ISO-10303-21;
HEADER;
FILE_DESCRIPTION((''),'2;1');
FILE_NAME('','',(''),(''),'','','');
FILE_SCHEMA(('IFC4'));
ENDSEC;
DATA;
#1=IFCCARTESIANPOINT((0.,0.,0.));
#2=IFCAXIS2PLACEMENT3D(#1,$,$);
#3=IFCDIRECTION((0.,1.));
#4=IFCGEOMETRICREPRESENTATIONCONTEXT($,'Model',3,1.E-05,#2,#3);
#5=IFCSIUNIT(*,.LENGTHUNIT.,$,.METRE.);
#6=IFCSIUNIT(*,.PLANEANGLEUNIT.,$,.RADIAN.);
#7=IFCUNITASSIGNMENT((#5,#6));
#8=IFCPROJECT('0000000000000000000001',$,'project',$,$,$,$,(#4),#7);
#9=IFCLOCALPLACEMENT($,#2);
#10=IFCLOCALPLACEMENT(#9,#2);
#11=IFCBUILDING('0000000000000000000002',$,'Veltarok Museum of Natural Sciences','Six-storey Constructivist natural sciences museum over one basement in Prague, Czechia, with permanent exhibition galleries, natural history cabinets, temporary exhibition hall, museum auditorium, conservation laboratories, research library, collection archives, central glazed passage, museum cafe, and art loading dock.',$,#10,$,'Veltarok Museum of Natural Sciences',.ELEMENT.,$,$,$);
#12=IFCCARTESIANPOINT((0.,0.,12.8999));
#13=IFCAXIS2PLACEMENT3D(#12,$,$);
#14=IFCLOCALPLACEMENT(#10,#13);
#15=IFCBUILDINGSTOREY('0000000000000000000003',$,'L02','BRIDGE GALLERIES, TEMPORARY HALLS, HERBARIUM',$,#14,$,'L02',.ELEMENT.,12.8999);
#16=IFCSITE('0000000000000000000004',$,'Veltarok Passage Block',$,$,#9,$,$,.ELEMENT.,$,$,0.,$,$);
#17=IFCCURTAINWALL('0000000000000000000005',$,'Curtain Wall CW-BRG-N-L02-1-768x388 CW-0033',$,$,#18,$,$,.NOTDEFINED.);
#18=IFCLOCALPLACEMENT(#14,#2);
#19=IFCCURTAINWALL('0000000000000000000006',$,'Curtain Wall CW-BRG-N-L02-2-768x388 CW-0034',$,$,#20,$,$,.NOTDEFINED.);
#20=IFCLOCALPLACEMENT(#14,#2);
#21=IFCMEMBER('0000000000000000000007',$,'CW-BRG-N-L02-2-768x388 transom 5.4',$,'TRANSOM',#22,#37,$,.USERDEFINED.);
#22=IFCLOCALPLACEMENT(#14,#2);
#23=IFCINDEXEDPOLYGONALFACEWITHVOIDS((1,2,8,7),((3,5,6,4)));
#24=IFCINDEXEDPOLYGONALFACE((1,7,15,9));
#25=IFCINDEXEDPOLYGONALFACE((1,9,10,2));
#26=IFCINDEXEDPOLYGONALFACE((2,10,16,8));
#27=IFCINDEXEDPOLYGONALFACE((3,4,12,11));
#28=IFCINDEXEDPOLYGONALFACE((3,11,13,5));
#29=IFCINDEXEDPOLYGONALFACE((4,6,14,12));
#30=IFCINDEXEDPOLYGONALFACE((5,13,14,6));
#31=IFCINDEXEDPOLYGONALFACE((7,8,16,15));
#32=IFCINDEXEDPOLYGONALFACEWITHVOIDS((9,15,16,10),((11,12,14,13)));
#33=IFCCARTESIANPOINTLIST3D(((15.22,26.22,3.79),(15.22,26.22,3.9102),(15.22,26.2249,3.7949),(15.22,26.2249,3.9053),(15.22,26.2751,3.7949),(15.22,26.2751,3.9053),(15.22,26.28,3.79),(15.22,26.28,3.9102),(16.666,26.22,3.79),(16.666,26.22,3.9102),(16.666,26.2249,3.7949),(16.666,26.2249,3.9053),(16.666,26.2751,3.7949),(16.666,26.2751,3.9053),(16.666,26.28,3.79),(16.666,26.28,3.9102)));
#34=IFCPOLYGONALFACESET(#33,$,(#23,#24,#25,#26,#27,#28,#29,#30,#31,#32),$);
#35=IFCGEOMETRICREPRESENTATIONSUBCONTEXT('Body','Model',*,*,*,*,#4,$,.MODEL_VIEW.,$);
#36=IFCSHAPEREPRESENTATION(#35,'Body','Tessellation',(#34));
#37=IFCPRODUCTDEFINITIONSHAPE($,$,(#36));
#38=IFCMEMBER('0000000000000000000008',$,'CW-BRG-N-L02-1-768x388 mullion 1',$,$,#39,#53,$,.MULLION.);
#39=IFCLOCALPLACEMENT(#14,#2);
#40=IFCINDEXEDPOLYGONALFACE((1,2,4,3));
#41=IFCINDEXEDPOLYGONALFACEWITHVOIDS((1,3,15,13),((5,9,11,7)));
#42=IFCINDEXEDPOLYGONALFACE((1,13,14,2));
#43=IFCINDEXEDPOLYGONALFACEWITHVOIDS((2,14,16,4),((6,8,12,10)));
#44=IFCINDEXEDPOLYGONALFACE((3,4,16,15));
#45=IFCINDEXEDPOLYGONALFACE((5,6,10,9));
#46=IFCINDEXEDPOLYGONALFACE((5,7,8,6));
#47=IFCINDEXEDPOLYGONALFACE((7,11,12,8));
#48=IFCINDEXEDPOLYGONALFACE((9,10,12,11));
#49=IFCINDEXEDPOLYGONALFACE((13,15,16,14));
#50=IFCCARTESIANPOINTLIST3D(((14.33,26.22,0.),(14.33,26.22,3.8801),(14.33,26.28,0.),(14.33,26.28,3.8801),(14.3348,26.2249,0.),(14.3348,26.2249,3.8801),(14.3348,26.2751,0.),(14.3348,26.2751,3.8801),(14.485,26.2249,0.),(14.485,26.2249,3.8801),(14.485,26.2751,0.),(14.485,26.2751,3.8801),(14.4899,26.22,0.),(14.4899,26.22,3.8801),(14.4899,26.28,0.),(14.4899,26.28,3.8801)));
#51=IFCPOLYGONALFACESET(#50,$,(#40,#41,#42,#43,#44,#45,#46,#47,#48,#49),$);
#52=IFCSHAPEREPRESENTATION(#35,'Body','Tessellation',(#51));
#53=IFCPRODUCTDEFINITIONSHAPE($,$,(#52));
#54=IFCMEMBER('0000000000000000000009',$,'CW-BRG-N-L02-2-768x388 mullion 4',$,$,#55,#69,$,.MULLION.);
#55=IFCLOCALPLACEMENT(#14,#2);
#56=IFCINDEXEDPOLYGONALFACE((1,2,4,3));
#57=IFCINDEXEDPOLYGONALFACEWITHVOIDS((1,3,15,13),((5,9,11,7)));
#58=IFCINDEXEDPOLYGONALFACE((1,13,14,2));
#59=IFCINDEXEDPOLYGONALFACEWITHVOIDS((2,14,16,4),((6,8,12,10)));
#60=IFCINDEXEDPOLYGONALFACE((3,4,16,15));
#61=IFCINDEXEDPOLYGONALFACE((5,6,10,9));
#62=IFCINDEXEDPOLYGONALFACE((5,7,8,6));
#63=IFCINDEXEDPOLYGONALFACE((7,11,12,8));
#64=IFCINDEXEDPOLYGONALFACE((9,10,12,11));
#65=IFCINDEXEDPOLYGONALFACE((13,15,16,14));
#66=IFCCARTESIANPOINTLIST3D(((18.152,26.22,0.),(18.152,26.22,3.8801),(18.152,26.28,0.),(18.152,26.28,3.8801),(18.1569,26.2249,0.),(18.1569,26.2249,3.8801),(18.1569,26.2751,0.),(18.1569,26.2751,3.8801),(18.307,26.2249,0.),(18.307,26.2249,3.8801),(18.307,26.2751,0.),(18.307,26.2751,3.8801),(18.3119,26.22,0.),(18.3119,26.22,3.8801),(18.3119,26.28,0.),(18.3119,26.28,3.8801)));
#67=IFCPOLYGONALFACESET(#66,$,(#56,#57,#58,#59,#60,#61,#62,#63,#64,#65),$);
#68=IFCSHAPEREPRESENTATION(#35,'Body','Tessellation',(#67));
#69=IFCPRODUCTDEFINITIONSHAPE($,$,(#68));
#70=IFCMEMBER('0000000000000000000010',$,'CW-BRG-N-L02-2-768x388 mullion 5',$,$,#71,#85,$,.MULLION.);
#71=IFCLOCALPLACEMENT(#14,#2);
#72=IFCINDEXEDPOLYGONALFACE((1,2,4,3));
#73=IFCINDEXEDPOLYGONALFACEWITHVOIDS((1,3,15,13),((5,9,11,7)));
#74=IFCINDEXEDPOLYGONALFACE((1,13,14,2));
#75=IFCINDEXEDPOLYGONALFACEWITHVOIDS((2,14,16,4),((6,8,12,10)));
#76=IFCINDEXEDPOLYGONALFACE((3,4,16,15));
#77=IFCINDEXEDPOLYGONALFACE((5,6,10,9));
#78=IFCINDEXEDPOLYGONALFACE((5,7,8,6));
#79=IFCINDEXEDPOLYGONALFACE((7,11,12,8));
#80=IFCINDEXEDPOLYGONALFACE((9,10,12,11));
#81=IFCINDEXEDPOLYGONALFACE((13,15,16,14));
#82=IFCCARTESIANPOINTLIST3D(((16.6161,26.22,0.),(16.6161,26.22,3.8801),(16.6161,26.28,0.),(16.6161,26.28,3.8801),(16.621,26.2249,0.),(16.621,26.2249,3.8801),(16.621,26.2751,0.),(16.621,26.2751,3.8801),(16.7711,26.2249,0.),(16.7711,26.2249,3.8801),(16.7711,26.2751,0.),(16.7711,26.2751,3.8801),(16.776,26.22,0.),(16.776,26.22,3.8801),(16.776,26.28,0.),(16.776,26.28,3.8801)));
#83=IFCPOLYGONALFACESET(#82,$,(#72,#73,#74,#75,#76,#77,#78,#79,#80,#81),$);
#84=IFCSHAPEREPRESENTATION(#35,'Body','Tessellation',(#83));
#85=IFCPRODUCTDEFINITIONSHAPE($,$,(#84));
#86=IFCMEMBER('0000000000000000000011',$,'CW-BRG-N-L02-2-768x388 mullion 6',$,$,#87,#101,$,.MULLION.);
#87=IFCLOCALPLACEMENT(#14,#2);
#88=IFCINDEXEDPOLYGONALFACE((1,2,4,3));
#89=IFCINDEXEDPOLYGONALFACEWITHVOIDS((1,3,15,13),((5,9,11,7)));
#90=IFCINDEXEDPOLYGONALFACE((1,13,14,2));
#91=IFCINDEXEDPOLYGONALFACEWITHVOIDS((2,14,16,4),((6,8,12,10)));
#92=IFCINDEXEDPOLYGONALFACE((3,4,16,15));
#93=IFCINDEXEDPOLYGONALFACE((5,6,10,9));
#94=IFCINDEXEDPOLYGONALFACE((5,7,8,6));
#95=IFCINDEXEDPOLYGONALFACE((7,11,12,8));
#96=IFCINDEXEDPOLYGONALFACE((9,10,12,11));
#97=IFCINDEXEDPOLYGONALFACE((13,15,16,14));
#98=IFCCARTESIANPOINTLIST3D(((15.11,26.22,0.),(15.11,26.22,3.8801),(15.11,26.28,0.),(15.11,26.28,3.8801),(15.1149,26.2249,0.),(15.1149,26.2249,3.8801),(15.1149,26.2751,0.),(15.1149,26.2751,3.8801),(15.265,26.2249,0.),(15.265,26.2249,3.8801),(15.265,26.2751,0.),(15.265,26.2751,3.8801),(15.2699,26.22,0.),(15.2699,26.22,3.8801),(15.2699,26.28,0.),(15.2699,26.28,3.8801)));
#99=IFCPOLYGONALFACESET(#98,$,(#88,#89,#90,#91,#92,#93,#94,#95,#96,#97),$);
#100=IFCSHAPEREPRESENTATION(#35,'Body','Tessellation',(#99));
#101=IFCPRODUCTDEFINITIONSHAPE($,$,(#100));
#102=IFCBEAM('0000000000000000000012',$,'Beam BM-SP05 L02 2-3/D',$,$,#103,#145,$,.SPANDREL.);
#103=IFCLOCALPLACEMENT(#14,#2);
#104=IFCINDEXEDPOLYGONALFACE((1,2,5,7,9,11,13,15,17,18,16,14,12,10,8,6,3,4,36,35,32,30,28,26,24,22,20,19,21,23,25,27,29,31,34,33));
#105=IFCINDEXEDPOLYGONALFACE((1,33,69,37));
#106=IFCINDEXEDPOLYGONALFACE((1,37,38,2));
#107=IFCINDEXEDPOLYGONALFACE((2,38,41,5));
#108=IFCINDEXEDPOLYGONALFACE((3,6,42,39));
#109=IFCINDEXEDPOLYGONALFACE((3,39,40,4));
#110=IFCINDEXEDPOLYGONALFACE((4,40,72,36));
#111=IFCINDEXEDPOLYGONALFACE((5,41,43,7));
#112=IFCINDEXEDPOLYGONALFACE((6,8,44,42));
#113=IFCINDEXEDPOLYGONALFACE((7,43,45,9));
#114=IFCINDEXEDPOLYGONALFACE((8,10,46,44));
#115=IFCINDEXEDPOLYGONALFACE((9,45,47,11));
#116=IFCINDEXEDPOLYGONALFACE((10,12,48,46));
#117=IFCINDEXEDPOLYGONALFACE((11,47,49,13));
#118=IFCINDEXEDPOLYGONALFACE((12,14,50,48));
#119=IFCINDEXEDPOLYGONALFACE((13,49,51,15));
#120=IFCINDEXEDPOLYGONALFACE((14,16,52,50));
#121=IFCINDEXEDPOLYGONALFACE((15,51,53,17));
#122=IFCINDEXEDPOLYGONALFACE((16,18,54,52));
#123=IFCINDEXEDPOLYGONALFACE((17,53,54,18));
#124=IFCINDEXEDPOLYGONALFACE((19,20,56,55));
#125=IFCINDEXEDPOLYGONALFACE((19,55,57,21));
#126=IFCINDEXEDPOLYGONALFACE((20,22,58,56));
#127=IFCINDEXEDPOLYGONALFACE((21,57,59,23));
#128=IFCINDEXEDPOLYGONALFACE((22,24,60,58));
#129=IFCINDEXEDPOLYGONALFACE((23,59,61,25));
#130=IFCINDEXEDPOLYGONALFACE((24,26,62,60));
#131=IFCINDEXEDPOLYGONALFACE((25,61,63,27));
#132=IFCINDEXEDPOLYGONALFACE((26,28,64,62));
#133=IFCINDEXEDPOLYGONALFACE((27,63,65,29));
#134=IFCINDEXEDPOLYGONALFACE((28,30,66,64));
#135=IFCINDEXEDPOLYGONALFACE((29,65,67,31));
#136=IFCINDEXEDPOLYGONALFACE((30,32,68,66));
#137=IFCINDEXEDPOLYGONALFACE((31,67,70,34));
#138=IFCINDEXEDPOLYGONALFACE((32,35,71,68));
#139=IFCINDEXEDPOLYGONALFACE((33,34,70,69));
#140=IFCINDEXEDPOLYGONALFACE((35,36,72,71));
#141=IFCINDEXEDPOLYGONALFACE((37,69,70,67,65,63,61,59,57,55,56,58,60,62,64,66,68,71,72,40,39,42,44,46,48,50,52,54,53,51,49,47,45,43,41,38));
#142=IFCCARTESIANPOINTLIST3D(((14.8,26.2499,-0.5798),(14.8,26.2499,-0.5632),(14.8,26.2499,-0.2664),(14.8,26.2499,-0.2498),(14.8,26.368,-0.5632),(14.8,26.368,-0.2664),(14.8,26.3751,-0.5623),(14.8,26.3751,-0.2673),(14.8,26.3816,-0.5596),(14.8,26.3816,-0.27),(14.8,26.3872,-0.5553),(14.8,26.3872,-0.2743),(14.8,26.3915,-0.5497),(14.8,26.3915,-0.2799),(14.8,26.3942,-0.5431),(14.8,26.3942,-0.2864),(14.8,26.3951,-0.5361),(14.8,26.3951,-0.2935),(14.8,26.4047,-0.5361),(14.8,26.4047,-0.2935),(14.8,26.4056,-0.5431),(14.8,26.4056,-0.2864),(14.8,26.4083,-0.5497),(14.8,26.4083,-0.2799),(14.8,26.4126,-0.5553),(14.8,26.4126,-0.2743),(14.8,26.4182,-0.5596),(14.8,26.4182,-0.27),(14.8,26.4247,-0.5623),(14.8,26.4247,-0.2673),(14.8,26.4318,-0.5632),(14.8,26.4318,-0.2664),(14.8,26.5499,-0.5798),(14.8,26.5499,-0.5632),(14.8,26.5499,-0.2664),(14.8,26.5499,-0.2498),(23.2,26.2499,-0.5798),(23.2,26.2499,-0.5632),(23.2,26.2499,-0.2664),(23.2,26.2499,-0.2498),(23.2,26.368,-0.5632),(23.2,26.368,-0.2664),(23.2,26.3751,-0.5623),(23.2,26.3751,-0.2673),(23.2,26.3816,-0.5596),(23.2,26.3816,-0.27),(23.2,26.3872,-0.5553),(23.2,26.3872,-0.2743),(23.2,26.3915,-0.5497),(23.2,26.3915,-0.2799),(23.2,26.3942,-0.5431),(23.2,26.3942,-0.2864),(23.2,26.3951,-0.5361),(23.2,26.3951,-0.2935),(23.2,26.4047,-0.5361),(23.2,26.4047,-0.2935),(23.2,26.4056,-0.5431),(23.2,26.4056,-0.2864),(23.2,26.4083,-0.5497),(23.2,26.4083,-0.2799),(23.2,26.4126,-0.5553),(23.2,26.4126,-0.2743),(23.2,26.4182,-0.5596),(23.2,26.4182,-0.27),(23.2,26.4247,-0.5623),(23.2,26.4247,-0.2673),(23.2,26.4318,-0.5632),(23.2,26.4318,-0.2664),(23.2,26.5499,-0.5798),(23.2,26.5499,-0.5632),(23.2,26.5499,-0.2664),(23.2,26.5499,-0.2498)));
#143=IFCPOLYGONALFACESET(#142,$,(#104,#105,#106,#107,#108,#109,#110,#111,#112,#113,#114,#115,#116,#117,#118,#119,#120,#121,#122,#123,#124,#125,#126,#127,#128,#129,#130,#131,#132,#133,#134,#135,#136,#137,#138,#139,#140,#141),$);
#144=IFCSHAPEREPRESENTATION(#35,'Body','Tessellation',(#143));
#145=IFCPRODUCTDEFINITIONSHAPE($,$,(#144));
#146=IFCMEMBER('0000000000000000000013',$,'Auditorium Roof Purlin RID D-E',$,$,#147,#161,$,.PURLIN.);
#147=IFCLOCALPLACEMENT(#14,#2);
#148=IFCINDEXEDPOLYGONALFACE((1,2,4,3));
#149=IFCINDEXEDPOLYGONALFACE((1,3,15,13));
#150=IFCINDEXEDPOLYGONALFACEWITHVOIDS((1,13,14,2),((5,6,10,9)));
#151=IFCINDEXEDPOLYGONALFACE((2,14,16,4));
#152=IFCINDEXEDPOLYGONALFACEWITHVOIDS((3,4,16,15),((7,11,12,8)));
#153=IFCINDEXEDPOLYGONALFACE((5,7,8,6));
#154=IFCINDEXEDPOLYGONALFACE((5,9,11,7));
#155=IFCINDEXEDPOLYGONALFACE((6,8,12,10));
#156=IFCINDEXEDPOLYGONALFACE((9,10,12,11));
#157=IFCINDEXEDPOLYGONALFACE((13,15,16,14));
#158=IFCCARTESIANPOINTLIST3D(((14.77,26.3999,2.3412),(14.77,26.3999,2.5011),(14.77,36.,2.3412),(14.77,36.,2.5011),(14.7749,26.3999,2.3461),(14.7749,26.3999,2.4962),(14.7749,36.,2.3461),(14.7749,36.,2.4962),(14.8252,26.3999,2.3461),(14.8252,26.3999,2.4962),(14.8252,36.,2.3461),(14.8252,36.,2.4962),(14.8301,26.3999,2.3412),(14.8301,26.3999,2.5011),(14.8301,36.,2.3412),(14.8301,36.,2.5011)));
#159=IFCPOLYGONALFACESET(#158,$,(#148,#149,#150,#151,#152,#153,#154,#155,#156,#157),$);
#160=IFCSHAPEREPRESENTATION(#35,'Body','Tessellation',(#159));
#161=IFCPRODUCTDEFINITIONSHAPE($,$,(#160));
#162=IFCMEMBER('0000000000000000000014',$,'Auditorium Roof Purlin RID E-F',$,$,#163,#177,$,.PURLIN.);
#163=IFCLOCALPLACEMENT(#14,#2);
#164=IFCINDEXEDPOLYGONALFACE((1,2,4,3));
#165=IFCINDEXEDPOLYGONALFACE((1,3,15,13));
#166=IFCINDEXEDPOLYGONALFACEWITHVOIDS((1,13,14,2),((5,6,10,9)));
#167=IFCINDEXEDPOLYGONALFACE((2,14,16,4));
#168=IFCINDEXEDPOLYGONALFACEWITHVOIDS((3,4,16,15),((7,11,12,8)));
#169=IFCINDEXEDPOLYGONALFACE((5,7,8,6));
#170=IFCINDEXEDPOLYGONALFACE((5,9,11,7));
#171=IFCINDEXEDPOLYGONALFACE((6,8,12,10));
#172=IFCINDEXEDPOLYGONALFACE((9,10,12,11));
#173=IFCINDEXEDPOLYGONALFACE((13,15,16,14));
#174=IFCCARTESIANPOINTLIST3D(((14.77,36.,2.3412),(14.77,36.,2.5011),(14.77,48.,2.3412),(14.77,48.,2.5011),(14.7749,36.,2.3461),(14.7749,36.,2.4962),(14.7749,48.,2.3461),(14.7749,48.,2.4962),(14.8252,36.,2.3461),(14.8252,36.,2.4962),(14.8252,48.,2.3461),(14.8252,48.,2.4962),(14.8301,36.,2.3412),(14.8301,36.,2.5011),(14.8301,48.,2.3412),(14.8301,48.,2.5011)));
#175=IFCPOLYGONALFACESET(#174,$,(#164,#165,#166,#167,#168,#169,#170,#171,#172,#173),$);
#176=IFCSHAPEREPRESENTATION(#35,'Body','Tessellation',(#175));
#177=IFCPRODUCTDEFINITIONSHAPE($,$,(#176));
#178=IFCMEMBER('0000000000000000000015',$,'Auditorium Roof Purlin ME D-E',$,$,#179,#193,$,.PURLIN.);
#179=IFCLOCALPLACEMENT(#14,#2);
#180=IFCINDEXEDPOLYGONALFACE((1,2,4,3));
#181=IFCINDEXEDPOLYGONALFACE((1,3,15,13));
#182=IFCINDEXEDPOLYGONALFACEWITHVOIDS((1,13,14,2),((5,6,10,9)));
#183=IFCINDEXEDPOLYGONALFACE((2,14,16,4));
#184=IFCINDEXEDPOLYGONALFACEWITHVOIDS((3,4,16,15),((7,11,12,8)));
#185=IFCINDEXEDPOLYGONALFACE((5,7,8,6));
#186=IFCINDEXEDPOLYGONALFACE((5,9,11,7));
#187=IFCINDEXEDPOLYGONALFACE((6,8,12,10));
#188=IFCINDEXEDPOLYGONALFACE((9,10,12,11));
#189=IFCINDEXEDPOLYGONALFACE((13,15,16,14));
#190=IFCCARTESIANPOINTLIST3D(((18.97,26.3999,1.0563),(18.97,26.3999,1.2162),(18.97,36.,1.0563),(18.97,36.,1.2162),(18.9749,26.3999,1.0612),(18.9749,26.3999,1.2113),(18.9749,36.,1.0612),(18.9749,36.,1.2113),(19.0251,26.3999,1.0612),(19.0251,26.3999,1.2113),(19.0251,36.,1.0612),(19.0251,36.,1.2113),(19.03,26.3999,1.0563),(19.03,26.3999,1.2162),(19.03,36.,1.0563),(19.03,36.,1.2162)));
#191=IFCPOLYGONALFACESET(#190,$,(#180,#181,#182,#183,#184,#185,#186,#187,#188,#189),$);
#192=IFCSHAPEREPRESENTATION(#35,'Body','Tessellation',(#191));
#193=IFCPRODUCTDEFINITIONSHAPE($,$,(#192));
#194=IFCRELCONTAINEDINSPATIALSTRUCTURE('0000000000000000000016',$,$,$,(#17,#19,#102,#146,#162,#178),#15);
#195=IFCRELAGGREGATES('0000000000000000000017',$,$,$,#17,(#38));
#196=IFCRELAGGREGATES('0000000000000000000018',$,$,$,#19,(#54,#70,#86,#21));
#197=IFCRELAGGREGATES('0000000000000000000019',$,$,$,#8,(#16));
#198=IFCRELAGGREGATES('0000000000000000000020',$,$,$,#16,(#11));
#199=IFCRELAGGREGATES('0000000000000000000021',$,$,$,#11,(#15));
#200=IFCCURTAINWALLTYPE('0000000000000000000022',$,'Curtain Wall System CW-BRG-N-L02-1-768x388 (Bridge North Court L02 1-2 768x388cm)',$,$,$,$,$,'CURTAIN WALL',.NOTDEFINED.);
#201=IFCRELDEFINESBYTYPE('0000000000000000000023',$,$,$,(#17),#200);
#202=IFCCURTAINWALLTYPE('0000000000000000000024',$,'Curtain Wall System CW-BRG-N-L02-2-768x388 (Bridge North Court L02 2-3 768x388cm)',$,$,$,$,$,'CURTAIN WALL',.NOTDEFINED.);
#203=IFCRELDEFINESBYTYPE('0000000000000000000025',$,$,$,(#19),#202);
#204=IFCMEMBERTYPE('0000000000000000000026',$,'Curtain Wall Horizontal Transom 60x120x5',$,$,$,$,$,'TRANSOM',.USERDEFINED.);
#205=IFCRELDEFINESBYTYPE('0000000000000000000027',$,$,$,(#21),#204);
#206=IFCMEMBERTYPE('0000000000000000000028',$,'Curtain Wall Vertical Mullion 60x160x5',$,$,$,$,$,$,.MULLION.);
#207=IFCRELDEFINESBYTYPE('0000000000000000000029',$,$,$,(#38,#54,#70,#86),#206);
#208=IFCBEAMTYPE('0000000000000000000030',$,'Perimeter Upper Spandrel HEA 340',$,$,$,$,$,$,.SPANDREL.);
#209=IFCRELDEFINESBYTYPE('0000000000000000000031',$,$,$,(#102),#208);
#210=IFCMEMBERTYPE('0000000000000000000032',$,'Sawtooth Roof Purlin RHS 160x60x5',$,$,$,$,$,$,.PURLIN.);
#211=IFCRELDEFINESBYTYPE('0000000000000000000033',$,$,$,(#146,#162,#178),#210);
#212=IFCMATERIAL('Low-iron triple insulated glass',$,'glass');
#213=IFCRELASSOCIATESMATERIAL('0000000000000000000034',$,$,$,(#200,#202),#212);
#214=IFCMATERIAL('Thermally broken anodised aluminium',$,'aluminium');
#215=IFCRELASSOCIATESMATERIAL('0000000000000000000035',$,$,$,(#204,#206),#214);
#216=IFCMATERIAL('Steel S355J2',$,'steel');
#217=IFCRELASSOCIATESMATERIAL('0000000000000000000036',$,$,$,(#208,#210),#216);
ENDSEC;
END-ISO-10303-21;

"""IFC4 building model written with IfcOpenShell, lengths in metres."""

from ifc_helpers import new_model, si_unit, direction, frame, origin, origin_2d, place, context, subcontext, project, spatial, hollow_rectangle, i_section, extrude, material, material_profile, profile_set, type_object, element, aggregate, save


model = new_model("IFC4")

# Units and contexts
model_context = context("Model", 3, precision=1e-05, world=origin(), true_north=direction((0.0, 1.0)))
body_context = subcontext(model_context, "Body", "Model", "MODEL_VIEW")
ifc_project = project(units=[si_unit("LENGTHUNIT", "METRE"), si_unit("PLANEANGLEUNIT", "RADIAN")], contexts=[model_context])

# Site, building, storey
site_placement = place(None, origin())
site = spatial("IfcSite", under=ifc_project, at=site_placement, Name="Veltarok Passage Block", CompositionType="ELEMENT", RefElevation=0.0)
building_placement = place(site_placement, origin())
building = spatial("IfcBuilding", under=site, at=building_placement, Name="Veltarok Museum of Natural Sciences", Description="Six-storey Constructivist natural sciences museum over one basement in Prague, Czechia, with permanent exhibition galleries, natural history cabinets, temporary exhibition hall, museum auditorium, conservation laboratories, research library, collection archives, central glazed passage, museum cafe, and art loading dock.", LongName="Veltarok Museum of Natural Sciences", CompositionType="ELEMENT")
storey_placement = place(building_placement, frame((0.0, 0.0, 12.8999)))
storey = spatial("IfcBuildingStorey", under=building, at=storey_placement, Name="L02", Description="BRIDGE GALLERIES, TEMPORARY HALLS, HERBARIUM", LongName="L02", CompositionType="ELEMENT", Elevation=12.8999)

# Shared definitions
ifc_material_1 = material(Name="Steel S355J2", Category="steel")

# Curtain wall
ifc_material_2 = material(Name="Low-iron triple insulated glass", Category="glass")
curtain_wall_type_1 = type_object("IfcCurtainWallType", Name="Curtain Wall System CW-BRG-N-L02-1-768x388 (Bridge North Court L02 1-2 768x388cm)", ElementType="CURTAIN WALL", PredefinedType="NOTDEFINED", material=ifc_material_2)
curtain_wall_1_placement = place(storey_placement, origin())
curtain_wall_1 = element("IfcCurtainWall", 1, at=curtain_wall_1_placement, inside=storey, type_object=curtain_wall_type_1, Name="Curtain Wall CW-BRG-N-L02-1-768x388 CW-0033", PredefinedType="NOTDEFINED")
ifc_material_3 = material(Name="Thermally broken anodised aluminium", Category="aluminium")
ifc_material_profile_1 = material_profile(ifc_material_3, hollow_rectangle(XDim=0.0601, YDim=0.1201, WallThickness=0.0049, at=origin_2d()), Name="CW TRANSOM 60x120x5")
ifc_profile_set_1 = profile_set([ifc_material_profile_1], Name="Thermally broken anodised aluminium")
member_type_1 = type_object("IfcMemberType", Name="Curtain Wall Horizontal Transom 60x120x5", ElementType="TRANSOM", PredefinedType="USERDEFINED", material=ifc_profile_set_1)

# Curtain wall, member
curtain_wall_type_2 = type_object("IfcCurtainWallType", Name="Curtain Wall System CW-BRG-N-L02-2-768x388 (Bridge North Court L02 2-3 768x388cm)", ElementType="CURTAIN WALL", PredefinedType="NOTDEFINED", material=ifc_material_2)
curtain_wall_2_placement = place(storey_placement, origin())
curtain_wall_2 = element("IfcCurtainWall", 2, at=curtain_wall_2_placement, inside=storey, type_object=curtain_wall_type_2, Name="Curtain Wall CW-BRG-N-L02-2-768x388 CW-0034", PredefinedType="NOTDEFINED")
member_1_placement = place(storey_placement, frame((16.666, 26.25, 3.8501), z_axis=(-1.0, 0.0, 0.0), x_axis=(0.0, -1.0, 0.0)))
member_1 = element("IfcMember", 3, at=member_1_placement, type_object=member_type_1, Name="CW-BRG-N-L02-2-768x388 transom 5.4", ObjectType="TRANSOM", PredefinedType="USERDEFINED", context=body_context, shape_type="SweptSolid", body=[
    extrude(hollow_rectangle(XDim=0.0601, YDim=0.1201, WallThickness=0.0049, at=origin_2d()), origin(), (0.0, 0.0, 1.0), 1.446),
])

# Members
ifc_material_profile_2 = material_profile(ifc_material_3, hollow_rectangle(XDim=0.0601, YDim=0.1599, WallThickness=0.0049, at=origin_2d()), Name="CW MULLION 60x160x5")
ifc_profile_set_2 = profile_set([ifc_material_profile_2], Name="Thermally broken anodised aluminium")
member_type_2 = type_object("IfcMemberType", Name="Curtain Wall Vertical Mullion 60x160x5", PredefinedType="MULLION", material=ifc_profile_set_2)
member_2_placement = place(storey_placement, frame((14.4099, 26.25, 0.0), z_axis=(0.0, 0.0, 1.0), x_axis=(0.0, -1.0, 0.0)))
member_2 = element("IfcMember", 4, at=member_2_placement, type_object=member_type_2, Name="CW-BRG-N-L02-1-768x388 mullion 1", PredefinedType="MULLION", context=body_context, shape_type="SweptSolid", body=[
    extrude(hollow_rectangle(XDim=0.0601, YDim=0.1599, WallThickness=0.0049, at=origin_2d()), origin(), (0.0, 0.0, 1.0), 3.8801),
])
aggregate(curtain_wall_1, [member_2])
member_3_placement = place(storey_placement, frame((18.2319, 26.25, 0.0), z_axis=(0.0, 0.0, 1.0), x_axis=(0.0, -1.0, 0.0)))
member_3 = element("IfcMember", 5, at=member_3_placement, type_object=member_type_2, Name="CW-BRG-N-L02-2-768x388 mullion 4", PredefinedType="MULLION", context=body_context, shape_type="SweptSolid", body=[
    extrude(hollow_rectangle(XDim=0.0601, YDim=0.1599, WallThickness=0.0049, at=origin_2d()), origin(), (0.0, 0.0, 1.0), 3.8801),
])
member_4_placement = place(storey_placement, frame((16.696, 26.25, 0.0), z_axis=(0.0, 0.0, 1.0), x_axis=(0.0, -1.0, 0.0)))
member_4 = element("IfcMember", 6, at=member_4_placement, type_object=member_type_2, Name="CW-BRG-N-L02-2-768x388 mullion 5", PredefinedType="MULLION", context=body_context, shape_type="SweptSolid", body=[
    extrude(hollow_rectangle(XDim=0.0601, YDim=0.1599, WallThickness=0.0049, at=origin_2d()), origin(), (0.0, 0.0, 1.0), 3.8801),
])
member_5_placement = place(storey_placement, frame((15.1899, 26.25, 0.0), z_axis=(0.0, 0.0, 1.0), x_axis=(0.0, -1.0, 0.0)))
member_5 = element("IfcMember", 7, at=member_5_placement, type_object=member_type_2, Name="CW-BRG-N-L02-2-768x388 mullion 6", PredefinedType="MULLION", context=body_context, shape_type="SweptSolid", body=[
    extrude(hollow_rectangle(XDim=0.0601, YDim=0.1599, WallThickness=0.0049, at=origin_2d()), origin(), (0.0, 0.0, 1.0), 3.8801),
])

# Beam
ifc_material_profile_3 = material_profile(ifc_material_1, i_section(OverallWidth=0.3, OverallDepth=0.3301, WebThickness=0.0095, FlangeThickness=0.0166, FilletRadius=0.0271, at=origin_2d()), Name="HEA 340")
ifc_profile_set_3 = profile_set([ifc_material_profile_3], Name="Steel S355J2")
beam_type_1 = type_object("IfcBeamType", Name="Perimeter Upper Spandrel HEA 340", PredefinedType="SPANDREL", material=ifc_profile_set_3)
beam_placement = place(storey_placement, frame((14.8, 26.3999, -0.4148), z_axis=(1.0, 0.0, 0.0), x_axis=(0.0, 1.0, 0.0)))
element("IfcBeam", 8, at=beam_placement, inside=storey, type_object=beam_type_1, Name="Beam BM-SP05 L02 2-3/D", PredefinedType="SPANDREL", context=body_context, shape_type="SweptSolid", body=[
    extrude(i_section(OverallWidth=0.3, OverallDepth=0.3301, WebThickness=0.0095, FlangeThickness=0.0166, FilletRadius=0.0271, at=origin_2d()), origin(), (0.0, 0.0, 1.0), 8.3999),
])

# Members
ifc_material_profile_4 = material_profile(ifc_material_1, hollow_rectangle(XDim=0.0601, YDim=0.1599, WallThickness=0.0049, at=origin_2d()), Name="RHS 160x60x5")
ifc_profile_set_4 = profile_set([ifc_material_profile_4], Name="Steel S355J2")
member_type_3 = type_object("IfcMemberType", Name="Sawtooth Roof Purlin RHS 160x60x5", PredefinedType="PURLIN", material=ifc_profile_set_4)
member_6_placement = place(storey_placement, frame((14.8, 26.3999, 2.4211), z_axis=(0.0, 1.0, 0.0), x_axis=(-1.0, 0.0, 0.0)))
element("IfcMember", 9, at=member_6_placement, inside=storey, type_object=member_type_3, Name="Auditorium Roof Purlin RID D-E", PredefinedType="PURLIN", context=body_context, shape_type="SweptSolid", body=[
    extrude(hollow_rectangle(XDim=0.0601, YDim=0.1599, WallThickness=0.0049, at=origin_2d()), origin(), (0.0, 0.0, 1.0), 9.6001),
])
member_7_placement = place(storey_placement, frame((14.8, 36.0, 2.4211), z_axis=(0.0, 1.0, 0.0), x_axis=(-1.0, 0.0, 0.0)))
element("IfcMember", 10, at=member_7_placement, inside=storey, type_object=member_type_3, Name="Auditorium Roof Purlin RID E-F", PredefinedType="PURLIN", context=body_context, shape_type="SweptSolid", body=[
    extrude(hollow_rectangle(XDim=0.0601, YDim=0.1599, WallThickness=0.0049, at=origin_2d()), origin(), (0.0, 0.0, 1.0), 12.0),
])
member_8_placement = place(storey_placement, frame((19.0, 26.3999, 1.1362), z_axis=(0.0, 1.0, 0.0), x_axis=(-1.0, 0.0, 0.0)))
element("IfcMember", 11, at=member_8_placement, inside=storey, type_object=member_type_3, Name="Auditorium Roof Purlin ME D-E", PredefinedType="PURLIN", context=body_context, shape_type="SweptSolid", body=[
    extrude(hollow_rectangle(XDim=0.0601, YDim=0.1599, WallThickness=0.0049, at=origin_2d()), origin(), (0.0, 0.0, 1.0), 9.6001),
])

aggregate(curtain_wall_2, [member_3, member_4, member_5, member_1])

save(model, "model.ifc")
